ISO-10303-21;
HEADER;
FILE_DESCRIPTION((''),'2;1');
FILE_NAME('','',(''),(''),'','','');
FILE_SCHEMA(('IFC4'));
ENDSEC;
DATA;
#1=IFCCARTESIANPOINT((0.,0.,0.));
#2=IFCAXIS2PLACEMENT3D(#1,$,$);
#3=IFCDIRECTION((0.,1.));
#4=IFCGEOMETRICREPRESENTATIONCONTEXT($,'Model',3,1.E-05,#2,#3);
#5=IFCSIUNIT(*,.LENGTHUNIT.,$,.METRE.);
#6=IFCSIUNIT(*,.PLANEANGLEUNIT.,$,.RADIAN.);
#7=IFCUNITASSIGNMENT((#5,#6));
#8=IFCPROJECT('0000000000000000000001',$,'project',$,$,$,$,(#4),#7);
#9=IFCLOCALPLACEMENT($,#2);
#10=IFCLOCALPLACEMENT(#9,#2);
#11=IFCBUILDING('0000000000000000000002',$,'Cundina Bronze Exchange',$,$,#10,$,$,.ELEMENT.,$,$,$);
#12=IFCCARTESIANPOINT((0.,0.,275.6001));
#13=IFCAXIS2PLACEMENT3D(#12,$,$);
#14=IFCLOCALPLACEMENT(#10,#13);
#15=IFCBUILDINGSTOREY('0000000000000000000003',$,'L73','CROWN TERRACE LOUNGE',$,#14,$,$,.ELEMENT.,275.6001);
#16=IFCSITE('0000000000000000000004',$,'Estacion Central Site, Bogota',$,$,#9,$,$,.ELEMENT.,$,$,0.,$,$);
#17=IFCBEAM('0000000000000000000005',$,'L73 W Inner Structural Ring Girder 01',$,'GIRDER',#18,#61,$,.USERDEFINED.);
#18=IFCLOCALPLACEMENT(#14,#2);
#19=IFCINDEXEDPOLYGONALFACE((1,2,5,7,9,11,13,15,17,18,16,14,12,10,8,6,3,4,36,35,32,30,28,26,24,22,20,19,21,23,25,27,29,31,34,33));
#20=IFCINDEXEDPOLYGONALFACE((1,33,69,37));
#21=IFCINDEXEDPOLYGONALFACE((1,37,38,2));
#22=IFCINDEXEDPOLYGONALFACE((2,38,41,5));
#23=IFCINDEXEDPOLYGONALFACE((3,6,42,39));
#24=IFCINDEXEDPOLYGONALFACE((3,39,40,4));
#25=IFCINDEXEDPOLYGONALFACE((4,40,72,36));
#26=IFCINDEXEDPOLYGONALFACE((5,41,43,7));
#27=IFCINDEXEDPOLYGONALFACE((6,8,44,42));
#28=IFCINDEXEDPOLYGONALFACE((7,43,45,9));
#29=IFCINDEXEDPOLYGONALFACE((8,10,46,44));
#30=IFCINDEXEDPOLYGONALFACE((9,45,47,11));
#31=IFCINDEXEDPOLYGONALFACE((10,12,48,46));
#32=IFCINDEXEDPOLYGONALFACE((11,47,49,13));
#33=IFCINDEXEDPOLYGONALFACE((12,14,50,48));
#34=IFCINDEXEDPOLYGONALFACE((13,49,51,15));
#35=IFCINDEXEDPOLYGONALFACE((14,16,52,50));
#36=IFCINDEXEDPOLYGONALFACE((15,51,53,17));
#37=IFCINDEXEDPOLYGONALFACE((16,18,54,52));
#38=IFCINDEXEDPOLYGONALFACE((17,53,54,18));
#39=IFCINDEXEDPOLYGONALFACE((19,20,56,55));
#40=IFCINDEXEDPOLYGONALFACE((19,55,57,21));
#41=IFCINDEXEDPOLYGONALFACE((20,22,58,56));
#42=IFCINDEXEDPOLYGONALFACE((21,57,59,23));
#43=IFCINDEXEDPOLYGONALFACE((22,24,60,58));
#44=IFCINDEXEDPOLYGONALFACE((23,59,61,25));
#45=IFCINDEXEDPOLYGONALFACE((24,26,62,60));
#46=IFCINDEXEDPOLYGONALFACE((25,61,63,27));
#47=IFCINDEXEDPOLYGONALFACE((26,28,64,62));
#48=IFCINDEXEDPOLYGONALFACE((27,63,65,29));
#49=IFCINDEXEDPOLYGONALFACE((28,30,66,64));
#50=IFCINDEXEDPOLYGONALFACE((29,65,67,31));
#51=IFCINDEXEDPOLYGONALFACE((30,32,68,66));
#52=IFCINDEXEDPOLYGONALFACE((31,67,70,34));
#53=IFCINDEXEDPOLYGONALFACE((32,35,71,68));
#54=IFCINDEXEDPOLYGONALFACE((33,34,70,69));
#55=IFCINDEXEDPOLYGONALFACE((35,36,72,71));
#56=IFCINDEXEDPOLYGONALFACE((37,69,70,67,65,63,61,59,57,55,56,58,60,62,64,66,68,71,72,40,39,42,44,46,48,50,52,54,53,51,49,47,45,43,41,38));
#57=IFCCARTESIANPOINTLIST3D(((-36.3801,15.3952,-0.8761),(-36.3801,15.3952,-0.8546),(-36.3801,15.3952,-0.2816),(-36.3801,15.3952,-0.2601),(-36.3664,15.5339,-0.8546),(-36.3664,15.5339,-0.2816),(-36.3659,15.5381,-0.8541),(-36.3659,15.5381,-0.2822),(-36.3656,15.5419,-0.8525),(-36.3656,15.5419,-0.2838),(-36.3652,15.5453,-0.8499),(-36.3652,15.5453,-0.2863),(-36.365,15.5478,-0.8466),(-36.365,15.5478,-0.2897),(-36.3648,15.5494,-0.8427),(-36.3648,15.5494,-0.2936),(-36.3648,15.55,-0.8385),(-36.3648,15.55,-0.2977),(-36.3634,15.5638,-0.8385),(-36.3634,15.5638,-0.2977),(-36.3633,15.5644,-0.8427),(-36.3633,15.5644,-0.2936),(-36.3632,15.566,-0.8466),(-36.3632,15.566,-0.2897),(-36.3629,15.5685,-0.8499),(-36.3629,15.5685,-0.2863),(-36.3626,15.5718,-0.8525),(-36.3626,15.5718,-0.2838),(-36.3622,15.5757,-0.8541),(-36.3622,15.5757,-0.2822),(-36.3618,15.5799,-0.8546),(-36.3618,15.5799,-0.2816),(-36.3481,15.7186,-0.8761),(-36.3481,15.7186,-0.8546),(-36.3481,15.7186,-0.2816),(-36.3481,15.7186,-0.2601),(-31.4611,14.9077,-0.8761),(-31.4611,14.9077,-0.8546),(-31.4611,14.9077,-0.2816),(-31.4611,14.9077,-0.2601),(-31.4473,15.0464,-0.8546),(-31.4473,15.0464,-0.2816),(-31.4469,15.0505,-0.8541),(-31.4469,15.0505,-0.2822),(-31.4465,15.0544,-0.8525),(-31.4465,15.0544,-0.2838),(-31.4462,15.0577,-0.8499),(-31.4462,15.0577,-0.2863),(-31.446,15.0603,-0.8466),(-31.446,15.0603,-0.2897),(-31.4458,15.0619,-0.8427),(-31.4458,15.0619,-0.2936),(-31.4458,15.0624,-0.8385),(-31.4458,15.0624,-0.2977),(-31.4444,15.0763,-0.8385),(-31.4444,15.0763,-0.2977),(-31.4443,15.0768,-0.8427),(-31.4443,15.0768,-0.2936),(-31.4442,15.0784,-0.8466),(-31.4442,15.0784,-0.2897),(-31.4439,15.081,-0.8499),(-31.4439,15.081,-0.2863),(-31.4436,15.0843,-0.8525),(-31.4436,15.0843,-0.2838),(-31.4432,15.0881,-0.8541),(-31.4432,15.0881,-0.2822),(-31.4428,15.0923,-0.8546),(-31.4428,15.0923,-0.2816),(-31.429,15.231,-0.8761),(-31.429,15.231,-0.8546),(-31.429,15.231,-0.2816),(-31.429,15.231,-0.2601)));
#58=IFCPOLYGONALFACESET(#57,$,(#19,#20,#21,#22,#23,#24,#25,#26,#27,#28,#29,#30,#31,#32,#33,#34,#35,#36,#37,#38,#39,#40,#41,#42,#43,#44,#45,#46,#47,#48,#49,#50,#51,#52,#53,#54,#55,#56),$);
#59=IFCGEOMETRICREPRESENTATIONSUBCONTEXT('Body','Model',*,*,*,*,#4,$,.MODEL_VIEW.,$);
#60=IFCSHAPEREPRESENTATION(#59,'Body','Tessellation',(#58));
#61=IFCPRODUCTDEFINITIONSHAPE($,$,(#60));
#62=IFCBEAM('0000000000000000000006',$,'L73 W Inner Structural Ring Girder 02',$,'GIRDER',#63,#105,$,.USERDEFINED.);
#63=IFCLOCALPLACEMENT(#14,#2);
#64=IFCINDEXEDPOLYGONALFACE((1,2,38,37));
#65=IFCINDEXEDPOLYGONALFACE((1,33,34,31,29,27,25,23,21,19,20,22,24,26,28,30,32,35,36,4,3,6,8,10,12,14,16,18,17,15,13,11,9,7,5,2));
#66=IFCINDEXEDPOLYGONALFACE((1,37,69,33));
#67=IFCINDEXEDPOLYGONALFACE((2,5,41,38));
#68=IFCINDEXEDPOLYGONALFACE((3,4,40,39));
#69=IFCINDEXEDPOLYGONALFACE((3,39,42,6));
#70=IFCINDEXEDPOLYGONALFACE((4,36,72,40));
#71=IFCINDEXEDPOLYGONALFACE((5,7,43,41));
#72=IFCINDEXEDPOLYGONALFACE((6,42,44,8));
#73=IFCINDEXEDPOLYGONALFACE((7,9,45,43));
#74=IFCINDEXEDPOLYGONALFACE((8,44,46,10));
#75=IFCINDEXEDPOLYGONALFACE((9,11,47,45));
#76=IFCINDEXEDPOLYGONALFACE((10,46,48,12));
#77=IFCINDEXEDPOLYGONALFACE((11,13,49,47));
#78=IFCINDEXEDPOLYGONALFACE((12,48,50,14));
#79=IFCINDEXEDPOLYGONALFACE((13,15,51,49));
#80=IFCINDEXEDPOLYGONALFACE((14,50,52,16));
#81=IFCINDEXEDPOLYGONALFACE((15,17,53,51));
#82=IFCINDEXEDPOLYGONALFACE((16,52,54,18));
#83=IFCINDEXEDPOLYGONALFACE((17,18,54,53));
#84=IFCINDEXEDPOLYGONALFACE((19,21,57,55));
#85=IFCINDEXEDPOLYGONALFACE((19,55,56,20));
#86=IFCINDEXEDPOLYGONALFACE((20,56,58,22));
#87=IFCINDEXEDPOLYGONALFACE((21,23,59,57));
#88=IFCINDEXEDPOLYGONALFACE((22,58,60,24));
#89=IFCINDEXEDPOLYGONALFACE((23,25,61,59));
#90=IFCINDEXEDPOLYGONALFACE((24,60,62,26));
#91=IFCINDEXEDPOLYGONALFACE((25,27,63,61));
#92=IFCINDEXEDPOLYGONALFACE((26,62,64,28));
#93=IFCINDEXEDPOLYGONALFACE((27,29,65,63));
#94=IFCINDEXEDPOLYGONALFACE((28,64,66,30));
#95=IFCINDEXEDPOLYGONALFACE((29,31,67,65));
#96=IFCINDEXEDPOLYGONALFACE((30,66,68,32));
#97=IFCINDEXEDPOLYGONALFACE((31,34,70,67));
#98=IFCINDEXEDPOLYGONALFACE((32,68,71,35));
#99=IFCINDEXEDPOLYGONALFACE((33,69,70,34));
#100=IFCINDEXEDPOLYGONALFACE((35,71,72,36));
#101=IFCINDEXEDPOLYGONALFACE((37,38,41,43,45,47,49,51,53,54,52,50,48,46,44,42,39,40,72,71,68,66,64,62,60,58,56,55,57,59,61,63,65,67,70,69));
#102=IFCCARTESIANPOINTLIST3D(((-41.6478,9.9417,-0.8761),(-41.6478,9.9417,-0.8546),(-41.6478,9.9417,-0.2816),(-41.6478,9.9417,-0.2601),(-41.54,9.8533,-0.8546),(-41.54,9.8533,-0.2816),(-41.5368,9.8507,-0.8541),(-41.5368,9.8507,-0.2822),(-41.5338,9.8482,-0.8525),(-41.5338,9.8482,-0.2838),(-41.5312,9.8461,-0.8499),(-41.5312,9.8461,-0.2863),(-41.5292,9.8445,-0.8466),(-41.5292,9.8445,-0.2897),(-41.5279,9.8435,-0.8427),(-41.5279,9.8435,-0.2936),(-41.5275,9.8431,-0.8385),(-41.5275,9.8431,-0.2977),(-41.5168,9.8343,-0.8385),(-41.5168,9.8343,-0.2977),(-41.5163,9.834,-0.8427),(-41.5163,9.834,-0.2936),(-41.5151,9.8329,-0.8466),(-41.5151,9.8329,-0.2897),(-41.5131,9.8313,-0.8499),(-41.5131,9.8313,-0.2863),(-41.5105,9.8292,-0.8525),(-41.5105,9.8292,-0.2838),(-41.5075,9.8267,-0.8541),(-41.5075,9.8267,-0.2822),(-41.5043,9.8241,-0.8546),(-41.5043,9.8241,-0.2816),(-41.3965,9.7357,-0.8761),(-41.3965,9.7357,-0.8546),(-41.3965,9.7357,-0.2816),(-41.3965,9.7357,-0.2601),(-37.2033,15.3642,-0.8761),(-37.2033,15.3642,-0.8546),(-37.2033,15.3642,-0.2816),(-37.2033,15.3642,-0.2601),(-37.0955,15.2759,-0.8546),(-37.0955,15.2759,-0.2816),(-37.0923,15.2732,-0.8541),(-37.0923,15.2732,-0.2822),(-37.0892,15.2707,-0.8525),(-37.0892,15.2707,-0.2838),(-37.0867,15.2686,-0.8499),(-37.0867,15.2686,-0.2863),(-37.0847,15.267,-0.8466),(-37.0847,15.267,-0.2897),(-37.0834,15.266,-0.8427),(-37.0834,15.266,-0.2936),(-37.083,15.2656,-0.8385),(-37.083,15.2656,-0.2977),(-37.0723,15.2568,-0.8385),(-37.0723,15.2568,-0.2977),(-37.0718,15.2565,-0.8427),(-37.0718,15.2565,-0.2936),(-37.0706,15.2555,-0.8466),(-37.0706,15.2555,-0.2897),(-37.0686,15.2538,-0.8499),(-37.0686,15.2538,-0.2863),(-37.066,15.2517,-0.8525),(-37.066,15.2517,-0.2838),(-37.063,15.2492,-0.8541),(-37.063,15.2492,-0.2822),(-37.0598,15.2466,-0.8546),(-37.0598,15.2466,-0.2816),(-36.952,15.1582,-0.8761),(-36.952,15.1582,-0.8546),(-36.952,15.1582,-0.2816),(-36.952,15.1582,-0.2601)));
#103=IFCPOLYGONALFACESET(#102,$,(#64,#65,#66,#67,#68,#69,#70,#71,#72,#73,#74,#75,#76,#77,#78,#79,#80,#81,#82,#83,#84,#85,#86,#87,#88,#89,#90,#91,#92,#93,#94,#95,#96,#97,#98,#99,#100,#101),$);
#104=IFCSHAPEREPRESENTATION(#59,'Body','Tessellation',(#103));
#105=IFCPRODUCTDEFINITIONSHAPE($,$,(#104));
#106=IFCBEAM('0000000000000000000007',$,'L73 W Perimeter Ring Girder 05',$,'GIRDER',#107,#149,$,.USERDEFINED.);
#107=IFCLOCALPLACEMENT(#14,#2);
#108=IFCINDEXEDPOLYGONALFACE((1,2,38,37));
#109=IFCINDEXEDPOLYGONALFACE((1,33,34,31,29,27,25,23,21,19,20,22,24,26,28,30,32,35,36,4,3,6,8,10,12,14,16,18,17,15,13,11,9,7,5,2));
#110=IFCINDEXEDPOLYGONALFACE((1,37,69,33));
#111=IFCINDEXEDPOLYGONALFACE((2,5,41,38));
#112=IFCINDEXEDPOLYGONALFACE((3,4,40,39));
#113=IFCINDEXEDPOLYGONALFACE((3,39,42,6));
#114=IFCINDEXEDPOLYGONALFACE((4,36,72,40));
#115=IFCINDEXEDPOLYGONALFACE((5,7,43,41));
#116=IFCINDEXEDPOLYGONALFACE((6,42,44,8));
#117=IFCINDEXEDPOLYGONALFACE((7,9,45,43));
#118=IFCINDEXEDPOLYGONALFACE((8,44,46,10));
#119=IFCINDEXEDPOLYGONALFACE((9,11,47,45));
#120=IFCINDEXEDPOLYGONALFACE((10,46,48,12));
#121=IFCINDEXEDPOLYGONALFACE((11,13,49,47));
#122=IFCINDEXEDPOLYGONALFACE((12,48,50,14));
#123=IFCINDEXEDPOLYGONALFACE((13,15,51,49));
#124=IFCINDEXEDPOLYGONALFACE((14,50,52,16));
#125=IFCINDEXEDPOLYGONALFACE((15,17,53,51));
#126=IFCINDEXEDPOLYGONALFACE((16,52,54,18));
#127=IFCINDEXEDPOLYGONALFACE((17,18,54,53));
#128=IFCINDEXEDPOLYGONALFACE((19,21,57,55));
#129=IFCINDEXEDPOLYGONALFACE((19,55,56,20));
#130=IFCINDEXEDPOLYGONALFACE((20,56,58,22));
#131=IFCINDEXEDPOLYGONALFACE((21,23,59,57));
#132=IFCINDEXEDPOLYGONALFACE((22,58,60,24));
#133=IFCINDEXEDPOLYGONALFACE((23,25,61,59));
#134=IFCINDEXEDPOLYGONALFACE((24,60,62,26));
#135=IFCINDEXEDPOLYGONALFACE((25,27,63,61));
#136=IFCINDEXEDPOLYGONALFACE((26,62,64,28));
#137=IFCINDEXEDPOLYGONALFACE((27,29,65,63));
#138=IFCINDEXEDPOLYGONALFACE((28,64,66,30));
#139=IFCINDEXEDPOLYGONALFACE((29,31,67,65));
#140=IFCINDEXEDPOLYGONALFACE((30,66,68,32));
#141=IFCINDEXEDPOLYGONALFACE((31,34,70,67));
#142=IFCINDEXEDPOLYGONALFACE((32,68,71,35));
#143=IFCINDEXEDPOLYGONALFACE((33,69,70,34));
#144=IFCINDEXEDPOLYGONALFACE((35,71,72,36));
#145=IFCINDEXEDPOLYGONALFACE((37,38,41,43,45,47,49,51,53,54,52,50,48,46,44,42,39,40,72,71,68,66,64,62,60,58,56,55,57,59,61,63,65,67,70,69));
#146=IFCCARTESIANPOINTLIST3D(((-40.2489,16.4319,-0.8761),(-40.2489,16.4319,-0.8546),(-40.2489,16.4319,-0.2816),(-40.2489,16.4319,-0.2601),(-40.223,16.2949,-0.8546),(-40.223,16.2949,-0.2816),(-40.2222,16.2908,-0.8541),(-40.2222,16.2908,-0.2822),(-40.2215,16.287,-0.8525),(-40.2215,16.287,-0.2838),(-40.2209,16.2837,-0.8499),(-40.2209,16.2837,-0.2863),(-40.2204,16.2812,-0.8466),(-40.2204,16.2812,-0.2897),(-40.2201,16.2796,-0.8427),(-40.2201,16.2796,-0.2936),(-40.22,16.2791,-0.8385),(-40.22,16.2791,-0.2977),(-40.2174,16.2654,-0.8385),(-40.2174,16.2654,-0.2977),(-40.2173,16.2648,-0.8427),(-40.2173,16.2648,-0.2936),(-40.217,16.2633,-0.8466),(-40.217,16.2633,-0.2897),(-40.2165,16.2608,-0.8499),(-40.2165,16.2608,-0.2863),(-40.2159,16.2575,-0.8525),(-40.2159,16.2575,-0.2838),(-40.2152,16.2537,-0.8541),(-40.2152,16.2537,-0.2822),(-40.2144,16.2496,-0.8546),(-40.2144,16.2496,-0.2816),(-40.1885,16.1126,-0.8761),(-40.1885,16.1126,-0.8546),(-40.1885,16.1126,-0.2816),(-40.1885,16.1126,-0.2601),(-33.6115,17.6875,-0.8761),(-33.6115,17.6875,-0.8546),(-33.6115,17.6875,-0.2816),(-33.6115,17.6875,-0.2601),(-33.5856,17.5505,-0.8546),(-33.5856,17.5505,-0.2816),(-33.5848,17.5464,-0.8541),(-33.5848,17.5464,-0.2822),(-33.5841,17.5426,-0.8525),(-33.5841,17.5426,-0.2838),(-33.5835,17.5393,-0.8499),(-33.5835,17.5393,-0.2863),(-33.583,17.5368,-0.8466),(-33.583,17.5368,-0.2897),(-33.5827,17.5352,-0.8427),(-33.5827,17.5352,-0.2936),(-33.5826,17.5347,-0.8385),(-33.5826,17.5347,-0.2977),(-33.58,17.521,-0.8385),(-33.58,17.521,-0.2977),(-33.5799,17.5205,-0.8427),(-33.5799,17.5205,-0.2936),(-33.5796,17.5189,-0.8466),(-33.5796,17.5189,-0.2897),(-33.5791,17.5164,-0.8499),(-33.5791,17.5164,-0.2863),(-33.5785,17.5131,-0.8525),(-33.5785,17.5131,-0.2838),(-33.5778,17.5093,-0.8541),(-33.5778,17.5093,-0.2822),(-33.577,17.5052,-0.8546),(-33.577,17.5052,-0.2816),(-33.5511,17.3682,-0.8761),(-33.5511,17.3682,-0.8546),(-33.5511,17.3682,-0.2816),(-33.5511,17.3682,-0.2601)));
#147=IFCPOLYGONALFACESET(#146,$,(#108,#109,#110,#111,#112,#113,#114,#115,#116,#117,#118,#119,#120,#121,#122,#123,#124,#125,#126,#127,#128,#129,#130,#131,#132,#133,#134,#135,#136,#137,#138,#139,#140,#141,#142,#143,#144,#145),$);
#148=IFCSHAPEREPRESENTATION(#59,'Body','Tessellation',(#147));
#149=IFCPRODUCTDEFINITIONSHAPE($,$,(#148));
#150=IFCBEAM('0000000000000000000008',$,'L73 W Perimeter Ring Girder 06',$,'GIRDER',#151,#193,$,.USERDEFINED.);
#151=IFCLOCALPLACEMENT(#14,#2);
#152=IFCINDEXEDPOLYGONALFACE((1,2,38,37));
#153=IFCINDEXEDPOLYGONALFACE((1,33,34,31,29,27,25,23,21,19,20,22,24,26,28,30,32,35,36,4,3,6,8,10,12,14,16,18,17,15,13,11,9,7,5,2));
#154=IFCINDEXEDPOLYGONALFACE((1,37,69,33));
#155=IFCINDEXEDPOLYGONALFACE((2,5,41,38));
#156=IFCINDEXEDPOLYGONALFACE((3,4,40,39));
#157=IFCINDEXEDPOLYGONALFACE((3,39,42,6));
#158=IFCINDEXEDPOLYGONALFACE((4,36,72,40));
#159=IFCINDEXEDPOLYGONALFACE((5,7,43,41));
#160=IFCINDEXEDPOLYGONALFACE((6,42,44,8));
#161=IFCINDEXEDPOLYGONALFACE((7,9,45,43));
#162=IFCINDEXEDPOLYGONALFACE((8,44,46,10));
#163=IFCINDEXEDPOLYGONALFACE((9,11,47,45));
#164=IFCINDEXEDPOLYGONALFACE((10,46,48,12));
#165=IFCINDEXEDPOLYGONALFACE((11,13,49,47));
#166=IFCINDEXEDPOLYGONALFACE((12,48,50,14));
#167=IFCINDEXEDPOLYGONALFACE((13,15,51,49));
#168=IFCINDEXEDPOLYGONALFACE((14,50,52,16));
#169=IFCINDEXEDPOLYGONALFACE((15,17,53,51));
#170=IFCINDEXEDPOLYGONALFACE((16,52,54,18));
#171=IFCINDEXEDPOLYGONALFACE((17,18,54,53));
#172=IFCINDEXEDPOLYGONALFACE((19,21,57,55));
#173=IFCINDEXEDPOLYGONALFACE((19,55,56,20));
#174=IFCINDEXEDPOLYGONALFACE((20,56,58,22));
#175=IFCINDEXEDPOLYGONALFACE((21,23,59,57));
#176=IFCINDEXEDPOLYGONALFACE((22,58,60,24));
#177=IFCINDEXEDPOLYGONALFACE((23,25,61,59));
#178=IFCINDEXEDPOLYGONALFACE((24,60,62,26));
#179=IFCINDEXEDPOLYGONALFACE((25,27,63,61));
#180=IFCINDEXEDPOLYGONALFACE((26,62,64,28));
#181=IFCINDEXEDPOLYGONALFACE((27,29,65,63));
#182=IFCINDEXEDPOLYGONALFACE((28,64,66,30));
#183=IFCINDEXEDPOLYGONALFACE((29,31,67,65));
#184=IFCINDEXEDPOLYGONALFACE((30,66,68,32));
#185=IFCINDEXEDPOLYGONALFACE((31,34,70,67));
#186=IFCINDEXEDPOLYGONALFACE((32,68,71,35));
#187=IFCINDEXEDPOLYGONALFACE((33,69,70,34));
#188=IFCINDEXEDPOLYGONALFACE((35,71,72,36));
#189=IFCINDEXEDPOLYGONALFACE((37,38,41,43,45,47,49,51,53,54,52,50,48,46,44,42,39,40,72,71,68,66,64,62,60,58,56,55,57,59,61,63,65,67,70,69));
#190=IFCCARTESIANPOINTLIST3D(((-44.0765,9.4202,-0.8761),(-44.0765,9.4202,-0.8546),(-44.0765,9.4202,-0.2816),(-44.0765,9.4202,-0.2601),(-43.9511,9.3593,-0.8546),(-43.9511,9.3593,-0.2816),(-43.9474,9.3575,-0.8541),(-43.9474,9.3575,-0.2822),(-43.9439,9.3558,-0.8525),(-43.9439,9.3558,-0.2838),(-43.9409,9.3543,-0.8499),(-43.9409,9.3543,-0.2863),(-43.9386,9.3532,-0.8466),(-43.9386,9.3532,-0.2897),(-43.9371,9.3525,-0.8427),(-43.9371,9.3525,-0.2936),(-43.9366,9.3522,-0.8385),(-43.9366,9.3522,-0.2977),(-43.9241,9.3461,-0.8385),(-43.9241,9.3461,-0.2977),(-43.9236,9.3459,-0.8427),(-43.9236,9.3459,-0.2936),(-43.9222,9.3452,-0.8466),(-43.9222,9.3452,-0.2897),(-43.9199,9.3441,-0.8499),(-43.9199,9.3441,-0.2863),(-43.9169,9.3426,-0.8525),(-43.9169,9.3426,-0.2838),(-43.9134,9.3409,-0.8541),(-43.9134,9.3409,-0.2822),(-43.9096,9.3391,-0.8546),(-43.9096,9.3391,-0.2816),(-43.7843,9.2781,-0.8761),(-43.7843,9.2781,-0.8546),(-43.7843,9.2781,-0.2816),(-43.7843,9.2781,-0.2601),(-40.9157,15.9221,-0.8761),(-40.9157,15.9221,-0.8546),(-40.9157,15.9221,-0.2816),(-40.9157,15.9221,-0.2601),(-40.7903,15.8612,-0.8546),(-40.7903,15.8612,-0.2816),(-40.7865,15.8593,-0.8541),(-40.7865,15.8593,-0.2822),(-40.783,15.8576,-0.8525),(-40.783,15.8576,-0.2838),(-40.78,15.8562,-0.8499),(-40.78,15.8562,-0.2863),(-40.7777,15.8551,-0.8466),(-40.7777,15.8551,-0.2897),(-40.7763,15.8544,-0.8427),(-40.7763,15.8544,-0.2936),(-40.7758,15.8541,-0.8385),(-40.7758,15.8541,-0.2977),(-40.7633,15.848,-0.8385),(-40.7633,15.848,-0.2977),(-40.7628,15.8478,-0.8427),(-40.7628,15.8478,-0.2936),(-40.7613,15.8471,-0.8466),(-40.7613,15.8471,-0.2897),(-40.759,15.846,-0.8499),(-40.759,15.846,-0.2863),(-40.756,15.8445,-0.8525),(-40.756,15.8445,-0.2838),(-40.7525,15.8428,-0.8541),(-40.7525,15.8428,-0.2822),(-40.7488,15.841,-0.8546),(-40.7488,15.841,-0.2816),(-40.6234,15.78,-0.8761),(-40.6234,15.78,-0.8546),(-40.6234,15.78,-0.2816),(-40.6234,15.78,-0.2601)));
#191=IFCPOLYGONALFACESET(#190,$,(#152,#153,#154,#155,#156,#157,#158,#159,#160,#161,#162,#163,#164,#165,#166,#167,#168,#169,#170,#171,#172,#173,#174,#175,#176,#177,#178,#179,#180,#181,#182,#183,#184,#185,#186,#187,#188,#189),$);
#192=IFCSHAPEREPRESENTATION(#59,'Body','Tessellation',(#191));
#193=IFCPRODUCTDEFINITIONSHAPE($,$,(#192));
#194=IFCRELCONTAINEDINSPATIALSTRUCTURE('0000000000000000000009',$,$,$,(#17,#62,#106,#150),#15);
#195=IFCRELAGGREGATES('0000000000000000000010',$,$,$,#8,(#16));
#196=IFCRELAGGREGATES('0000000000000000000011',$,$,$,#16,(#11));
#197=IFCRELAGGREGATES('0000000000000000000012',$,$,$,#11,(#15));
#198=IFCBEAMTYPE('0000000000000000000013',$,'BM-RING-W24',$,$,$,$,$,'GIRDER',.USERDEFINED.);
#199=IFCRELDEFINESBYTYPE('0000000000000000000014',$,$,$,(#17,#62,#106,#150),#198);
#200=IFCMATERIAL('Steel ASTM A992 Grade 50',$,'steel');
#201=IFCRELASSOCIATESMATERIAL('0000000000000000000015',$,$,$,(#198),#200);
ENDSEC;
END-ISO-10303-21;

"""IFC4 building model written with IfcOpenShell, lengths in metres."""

from ifc_helpers import new_model, si_unit, direction, frame, origin, origin_2d, place, context, subcontext, project, spatial, i_section, extrude, material, material_profile, profile_set, type_object, element, save


model = new_model("IFC4")

# Units and contexts
model_context = context("Model", 3, precision=1e-05, world=origin(), true_north=direction((0.0, 1.0)))
body_context = subcontext(model_context, "Body", "Model", "MODEL_VIEW")
ifc_project = project(units=[si_unit("LENGTHUNIT", "METRE"), si_unit("PLANEANGLEUNIT", "RADIAN")], contexts=[model_context])

# Site, building, storey
site_placement = place(None, origin())
site = spatial("IfcSite", under=ifc_project, at=site_placement, Name="Estacion Central Site, Bogota", CompositionType="ELEMENT", RefElevation=0.0)
building_placement = place(site_placement, origin())
building = spatial("IfcBuilding", under=site, at=building_placement, Name="Cundina Bronze Exchange", CompositionType="ELEMENT")
storey_placement = place(building_placement, frame((0.0, 0.0, 275.6001)))
storey = spatial("IfcBuildingStorey", under=building, at=storey_placement, Name="L73", Description="CROWN TERRACE LOUNGE", CompositionType="ELEMENT", Elevation=275.6001)

# Shared definitions
ifc_material_1 = material(Name="Steel ASTM A992 Grade 50", Category="steel")

# Beams
ifc_material_profile_1 = material_profile(ifc_material_1, i_section(OverallWidth=0.325, OverallDepth=0.616, WebThickness=0.0139, FlangeThickness=0.0215, FilletRadius=0.0161, at=origin_2d()), Name="W24X117", Category="steel")
ifc_profile_set_1 = profile_set([ifc_material_profile_1], Name="Steel ASTM A992 Grade 50")
beam_type_1 = type_object("IfcBeamType", Name="BM-RING-W24", ElementType="GIRDER", PredefinedType="USERDEFINED", material=ifc_profile_set_1)
beam_1_placement = place(storey_placement, frame((-31.4451, 15.0693, -0.5681), z_axis=(-0.995124, 0.098633, 0.0), x_axis=(-0.098633, -0.995124, 0.0)))
element("IfcBeam", 1, at=beam_1_placement, inside=storey, type_object=beam_type_1, Name="L73 W Inner Structural Ring Girder 01", ObjectType="GIRDER", PredefinedType="USERDEFINED", context=body_context, shape_type="SweptSolid", body=[
    extrude(i_section(OverallWidth=0.325, OverallDepth=0.616, WebThickness=0.0139, FlangeThickness=0.0215, FilletRadius=0.0161, at=origin_2d()), origin(), (0.0, 0.0, 1.0), 4.9431),
])
beam_2_placement = place(storey_placement, frame((-37.0776, 15.2612, -0.5681), z_axis=(-0.633913, -0.773405, 0.0), x_axis=(0.773405, -0.633913, 0.0)))
element("IfcBeam", 2, at=beam_2_placement, inside=storey, type_object=beam_type_1, Name="L73 W Inner Structural Ring Girder 02", ObjectType="GIRDER", PredefinedType="USERDEFINED", context=body_context, shape_type="SweptSolid", body=[
    extrude(i_section(OverallWidth=0.325, OverallDepth=0.616, WebThickness=0.0139, FlangeThickness=0.0215, FilletRadius=0.0161, at=origin_2d()), origin(), (0.0, 0.0, 1.0), 7.0112),
])
beam_3_placement = place(storey_placement, frame((-33.5813, 17.5278, -0.5681), z_axis=(-0.982573, -0.185875, 0.0), x_axis=(0.185875, -0.982573, 0.0)))
element("IfcBeam", 3, at=beam_3_placement, inside=storey, type_object=beam_type_1, Name="L73 W Perimeter Ring Girder 05", ObjectType="GIRDER", PredefinedType="USERDEFINED", context=body_context, shape_type="SweptSolid", body=[
    extrude(i_section(OverallWidth=0.325, OverallDepth=0.616, WebThickness=0.0139, FlangeThickness=0.0215, FilletRadius=0.0161, at=origin_2d()), origin(), (0.0, 0.0, 1.0), 6.7551),
])
beam_4_placement = place(storey_placement, frame((-40.7695, 15.8511, -0.5681), z_axis=(-0.437217, -0.899356, 0.0), x_axis=(0.899356, -0.437217, 0.0)))
element("IfcBeam", 4, at=beam_4_placement, inside=storey, type_object=beam_type_1, Name="L73 W Perimeter Ring Girder 06", ObjectType="GIRDER", PredefinedType="USERDEFINED", context=body_context, shape_type="SweptSolid", body=[
    extrude(i_section(OverallWidth=0.325, OverallDepth=0.616, WebThickness=0.0139, FlangeThickness=0.0215, FilletRadius=0.0161, at=origin_2d()), origin(), (0.0, 0.0, 1.0), 7.2295),
])

save(model, "model.ifc")
